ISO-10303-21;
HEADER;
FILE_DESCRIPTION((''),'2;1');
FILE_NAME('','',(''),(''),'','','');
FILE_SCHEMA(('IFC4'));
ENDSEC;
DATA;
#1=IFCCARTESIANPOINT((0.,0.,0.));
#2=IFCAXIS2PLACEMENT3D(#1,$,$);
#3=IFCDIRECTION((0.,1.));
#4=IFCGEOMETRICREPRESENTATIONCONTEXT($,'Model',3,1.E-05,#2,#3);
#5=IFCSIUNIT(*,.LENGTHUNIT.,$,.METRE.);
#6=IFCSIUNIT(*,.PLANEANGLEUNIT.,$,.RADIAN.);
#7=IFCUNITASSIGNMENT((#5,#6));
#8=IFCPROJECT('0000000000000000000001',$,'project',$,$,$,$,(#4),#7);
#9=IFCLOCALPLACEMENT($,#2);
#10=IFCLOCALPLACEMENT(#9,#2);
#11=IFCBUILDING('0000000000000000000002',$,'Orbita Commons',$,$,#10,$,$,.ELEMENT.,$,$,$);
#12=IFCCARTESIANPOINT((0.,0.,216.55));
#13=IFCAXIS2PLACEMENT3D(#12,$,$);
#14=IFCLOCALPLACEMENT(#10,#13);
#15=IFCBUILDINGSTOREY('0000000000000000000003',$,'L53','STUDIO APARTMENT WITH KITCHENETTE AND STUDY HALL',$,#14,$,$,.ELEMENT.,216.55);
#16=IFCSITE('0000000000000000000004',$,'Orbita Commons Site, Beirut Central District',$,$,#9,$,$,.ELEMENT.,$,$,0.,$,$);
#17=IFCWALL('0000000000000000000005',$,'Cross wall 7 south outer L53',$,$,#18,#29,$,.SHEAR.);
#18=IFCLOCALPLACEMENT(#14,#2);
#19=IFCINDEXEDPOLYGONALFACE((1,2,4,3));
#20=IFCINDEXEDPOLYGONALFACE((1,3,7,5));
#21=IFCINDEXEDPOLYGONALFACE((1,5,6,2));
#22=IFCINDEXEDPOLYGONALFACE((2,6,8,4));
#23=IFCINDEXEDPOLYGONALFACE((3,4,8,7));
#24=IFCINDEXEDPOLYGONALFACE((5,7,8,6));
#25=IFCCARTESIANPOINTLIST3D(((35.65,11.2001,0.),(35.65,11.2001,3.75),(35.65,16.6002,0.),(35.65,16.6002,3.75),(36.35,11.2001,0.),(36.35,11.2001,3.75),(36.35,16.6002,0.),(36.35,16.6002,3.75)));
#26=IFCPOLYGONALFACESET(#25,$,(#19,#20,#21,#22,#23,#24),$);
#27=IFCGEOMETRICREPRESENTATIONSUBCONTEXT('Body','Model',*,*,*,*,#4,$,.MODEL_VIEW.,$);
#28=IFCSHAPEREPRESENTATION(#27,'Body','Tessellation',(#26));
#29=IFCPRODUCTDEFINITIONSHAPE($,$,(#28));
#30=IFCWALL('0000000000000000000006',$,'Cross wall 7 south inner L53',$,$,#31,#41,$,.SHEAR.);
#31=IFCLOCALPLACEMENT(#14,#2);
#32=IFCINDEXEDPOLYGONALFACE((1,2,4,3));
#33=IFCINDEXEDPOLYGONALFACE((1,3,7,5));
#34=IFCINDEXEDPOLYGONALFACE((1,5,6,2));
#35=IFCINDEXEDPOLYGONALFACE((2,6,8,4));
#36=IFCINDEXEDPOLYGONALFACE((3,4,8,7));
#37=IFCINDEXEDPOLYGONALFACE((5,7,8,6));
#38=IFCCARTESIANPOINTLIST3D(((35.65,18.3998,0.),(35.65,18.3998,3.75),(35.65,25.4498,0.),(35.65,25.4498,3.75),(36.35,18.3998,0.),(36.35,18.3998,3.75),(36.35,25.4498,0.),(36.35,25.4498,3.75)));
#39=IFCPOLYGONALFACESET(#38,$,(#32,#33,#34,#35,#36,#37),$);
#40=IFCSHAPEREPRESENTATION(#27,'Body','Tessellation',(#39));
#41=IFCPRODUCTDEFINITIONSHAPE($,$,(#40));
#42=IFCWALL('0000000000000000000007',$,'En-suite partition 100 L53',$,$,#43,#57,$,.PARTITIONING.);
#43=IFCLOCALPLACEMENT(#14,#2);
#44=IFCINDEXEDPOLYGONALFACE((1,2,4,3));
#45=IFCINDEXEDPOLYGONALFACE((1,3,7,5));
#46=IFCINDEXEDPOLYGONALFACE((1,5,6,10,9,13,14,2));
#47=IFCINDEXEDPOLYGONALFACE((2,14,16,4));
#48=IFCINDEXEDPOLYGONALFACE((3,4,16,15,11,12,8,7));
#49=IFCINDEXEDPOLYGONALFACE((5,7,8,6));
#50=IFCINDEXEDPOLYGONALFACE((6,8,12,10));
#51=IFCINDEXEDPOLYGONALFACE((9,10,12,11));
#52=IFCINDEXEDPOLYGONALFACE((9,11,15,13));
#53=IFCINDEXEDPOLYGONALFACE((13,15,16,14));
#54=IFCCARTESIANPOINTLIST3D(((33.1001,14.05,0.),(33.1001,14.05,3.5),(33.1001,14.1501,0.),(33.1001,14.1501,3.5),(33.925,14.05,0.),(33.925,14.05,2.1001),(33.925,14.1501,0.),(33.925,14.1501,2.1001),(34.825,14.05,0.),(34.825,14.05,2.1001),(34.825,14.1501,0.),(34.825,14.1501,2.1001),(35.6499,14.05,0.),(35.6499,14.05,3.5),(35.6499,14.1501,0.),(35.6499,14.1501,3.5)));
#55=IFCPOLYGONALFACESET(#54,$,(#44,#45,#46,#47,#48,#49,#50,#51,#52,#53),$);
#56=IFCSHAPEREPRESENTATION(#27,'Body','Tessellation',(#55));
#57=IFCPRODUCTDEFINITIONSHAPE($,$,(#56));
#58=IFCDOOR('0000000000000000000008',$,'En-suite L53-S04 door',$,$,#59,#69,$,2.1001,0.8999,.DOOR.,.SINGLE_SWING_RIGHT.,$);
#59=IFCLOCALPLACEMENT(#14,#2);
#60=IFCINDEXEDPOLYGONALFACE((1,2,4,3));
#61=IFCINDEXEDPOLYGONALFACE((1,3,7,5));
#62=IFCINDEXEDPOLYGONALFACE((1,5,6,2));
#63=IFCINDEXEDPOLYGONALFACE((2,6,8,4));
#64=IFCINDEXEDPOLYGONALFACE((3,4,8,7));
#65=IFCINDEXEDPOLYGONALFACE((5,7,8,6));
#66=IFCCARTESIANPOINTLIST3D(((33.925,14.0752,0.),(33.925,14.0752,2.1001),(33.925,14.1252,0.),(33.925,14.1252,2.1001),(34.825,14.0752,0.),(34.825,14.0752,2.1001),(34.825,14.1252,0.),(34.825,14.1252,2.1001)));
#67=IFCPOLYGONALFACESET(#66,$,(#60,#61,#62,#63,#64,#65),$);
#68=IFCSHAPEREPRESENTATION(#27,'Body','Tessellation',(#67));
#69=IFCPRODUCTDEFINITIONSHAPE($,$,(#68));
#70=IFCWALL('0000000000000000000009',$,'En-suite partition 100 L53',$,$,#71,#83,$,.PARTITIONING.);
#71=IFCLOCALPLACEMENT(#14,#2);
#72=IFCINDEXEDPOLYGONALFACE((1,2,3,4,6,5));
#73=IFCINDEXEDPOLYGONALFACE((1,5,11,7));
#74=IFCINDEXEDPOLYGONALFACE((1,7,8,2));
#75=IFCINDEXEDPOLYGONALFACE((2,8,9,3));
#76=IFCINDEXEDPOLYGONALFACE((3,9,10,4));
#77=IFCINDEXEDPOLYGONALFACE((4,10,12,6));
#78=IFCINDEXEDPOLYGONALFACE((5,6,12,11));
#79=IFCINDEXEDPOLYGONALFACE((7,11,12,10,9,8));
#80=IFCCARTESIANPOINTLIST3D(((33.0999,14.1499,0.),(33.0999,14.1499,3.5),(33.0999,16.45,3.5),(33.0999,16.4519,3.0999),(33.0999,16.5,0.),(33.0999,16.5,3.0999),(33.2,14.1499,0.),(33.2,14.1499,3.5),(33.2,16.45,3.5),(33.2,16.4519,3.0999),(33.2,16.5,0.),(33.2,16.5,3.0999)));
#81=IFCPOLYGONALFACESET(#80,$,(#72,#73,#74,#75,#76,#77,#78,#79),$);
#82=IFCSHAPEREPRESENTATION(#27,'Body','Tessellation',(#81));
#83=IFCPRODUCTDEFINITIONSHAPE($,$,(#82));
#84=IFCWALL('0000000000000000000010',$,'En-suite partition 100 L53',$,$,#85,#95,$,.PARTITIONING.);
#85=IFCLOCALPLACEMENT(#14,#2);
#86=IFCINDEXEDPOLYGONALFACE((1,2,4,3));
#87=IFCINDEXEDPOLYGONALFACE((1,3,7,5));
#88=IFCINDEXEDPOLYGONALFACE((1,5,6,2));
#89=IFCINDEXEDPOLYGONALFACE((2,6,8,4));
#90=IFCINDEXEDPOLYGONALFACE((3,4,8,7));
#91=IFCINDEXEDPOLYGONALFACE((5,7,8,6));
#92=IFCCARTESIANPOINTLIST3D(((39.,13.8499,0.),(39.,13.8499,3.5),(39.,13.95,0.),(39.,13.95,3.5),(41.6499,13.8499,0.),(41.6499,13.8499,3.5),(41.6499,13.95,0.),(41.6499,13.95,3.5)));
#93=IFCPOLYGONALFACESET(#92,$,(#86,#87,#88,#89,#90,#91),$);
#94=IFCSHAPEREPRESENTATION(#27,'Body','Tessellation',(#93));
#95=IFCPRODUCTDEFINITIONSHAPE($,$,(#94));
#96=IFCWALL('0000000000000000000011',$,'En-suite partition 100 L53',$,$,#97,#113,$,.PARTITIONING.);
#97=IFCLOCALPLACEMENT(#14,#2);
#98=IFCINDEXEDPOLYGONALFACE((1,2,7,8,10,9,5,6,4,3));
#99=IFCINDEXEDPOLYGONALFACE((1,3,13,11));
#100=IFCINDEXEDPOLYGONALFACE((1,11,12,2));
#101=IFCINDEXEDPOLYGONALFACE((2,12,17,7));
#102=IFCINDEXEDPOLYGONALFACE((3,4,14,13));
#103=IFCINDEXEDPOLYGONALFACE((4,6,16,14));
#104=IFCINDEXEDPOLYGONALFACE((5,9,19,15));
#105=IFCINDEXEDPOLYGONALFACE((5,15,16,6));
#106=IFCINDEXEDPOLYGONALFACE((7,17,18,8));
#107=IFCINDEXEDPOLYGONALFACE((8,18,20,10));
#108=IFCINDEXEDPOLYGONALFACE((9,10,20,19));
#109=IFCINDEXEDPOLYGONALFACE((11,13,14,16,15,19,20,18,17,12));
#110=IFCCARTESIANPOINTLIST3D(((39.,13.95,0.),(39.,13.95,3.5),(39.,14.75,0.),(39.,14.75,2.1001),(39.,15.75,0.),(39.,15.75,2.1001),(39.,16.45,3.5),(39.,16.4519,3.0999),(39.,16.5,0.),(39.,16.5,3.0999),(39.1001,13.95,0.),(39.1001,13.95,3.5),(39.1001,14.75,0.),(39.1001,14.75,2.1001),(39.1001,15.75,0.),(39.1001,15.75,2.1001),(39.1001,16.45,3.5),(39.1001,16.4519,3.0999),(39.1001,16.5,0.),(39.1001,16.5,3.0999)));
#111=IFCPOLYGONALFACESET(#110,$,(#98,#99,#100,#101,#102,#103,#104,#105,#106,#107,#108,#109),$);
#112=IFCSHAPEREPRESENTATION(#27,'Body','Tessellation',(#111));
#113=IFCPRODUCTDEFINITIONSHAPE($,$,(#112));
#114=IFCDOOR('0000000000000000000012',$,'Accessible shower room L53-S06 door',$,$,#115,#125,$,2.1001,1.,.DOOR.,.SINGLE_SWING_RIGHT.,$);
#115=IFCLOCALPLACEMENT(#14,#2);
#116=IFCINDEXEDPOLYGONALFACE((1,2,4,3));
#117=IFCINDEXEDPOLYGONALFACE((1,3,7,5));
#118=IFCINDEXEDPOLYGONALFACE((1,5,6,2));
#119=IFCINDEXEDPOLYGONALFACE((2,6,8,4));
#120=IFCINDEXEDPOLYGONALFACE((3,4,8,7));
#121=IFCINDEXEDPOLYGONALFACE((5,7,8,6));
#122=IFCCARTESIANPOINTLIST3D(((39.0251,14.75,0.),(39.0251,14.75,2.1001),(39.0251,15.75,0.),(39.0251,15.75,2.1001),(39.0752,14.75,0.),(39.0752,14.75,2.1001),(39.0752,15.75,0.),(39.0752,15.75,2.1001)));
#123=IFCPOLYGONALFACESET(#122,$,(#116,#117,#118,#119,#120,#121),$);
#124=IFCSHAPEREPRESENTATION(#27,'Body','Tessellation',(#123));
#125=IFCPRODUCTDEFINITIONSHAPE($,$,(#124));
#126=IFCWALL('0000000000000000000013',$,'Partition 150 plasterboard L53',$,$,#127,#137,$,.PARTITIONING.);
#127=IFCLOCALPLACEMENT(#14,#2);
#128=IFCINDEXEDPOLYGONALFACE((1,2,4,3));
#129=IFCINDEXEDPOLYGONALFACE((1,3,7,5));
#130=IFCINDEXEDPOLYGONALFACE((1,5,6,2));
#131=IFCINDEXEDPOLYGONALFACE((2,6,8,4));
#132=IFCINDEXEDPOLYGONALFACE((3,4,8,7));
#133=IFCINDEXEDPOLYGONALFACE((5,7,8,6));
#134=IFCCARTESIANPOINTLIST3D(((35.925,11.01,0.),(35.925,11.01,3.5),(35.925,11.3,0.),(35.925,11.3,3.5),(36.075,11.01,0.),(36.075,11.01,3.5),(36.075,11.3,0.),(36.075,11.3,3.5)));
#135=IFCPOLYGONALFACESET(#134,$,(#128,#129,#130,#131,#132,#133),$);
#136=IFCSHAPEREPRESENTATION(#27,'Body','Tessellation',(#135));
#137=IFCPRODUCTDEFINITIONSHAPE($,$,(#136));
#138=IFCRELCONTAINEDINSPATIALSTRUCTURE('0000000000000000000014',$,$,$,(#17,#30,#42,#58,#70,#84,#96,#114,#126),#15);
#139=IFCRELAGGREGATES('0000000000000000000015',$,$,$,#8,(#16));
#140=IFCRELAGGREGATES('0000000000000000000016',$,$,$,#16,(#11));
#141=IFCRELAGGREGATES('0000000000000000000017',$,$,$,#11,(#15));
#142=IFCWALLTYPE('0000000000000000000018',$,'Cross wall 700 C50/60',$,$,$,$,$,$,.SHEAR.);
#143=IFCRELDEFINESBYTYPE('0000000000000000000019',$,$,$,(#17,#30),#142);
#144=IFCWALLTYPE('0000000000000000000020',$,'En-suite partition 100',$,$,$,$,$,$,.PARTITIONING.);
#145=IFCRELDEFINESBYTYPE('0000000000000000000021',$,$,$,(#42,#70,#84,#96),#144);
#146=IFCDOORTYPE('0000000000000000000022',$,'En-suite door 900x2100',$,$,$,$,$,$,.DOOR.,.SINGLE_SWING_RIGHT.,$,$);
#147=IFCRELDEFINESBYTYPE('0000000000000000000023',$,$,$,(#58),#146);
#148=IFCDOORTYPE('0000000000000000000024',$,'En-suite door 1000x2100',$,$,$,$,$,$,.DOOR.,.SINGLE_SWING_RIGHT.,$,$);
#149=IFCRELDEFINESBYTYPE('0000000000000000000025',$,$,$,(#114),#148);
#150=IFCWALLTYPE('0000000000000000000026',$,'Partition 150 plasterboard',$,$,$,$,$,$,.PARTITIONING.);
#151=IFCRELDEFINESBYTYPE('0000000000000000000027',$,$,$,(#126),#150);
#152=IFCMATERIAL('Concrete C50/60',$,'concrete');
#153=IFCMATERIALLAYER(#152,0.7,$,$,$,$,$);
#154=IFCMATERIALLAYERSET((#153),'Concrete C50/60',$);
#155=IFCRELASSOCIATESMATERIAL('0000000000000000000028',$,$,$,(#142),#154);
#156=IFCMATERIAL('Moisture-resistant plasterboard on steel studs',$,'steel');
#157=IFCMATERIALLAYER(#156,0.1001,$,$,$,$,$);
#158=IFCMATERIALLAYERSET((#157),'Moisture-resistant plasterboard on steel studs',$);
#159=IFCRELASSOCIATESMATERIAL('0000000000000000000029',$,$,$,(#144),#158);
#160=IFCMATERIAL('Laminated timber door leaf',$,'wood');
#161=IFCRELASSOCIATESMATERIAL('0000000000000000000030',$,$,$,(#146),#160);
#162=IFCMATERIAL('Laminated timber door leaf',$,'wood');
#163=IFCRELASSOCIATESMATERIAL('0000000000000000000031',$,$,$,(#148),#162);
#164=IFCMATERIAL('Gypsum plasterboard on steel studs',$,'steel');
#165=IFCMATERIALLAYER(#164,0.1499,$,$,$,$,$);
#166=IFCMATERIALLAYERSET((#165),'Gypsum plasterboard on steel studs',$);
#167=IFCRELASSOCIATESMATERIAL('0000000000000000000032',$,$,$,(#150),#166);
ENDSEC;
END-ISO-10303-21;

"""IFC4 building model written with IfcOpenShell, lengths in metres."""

from ifc_helpers import new_model, si_unit, direction, frame, frame_2d, origin, place, context, subcontext, project, spatial, polyline, rectangle, outline, extrude, material, layer, layer_set, type_object, element, fill, save


model = new_model("IFC4")

# Units and contexts
model_context = context("Model", 3, precision=1e-05, world=origin(), true_north=direction((0.0, 1.0)))
body_context = subcontext(model_context, "Body", "Model", "MODEL_VIEW")
ifc_project = project(units=[si_unit("LENGTHUNIT", "METRE"), si_unit("PLANEANGLEUNIT", "RADIAN")], contexts=[model_context])

# Site, building, storey
site_placement = place(None, origin())
site = spatial("IfcSite", under=ifc_project, at=site_placement, Name="Orbita Commons Site, Beirut Central District", CompositionType="ELEMENT", RefElevation=0.0)
building_placement = place(site_placement, origin())
building = spatial("IfcBuilding", under=site, at=building_placement, Name="Orbita Commons", CompositionType="ELEMENT")
storey_placement = place(building_placement, frame((0.0, 0.0, 216.55)))
storey = spatial("IfcBuildingStorey", under=building, at=storey_placement, Name="L53", Description="STUDIO APARTMENT WITH KITCHENETTE AND STUDY HALL", CompositionType="ELEMENT", Elevation=216.55)

# Walls
ifc_material_1 = material(Name="Concrete C50/60", Category="concrete")
ifc_layer_1 = layer(ifc_material_1, 0.7)
ifc_layer_set_1 = layer_set([ifc_layer_1], Name="Concrete C50/60")
wall_type_1 = type_object("IfcWallType", Name="Cross wall 700 C50/60", PredefinedType="SHEAR", material=ifc_layer_set_1)
wall_1_placement = place(storey_placement, frame((36.0, 11.2, 0.0), z_axis=(0.0, 0.0, 1.0), x_axis=(0.0, 1.0, 0.0)))
element("IfcWall", 1, at=wall_1_placement, inside=storey, type_object=wall_type_1, Name="Cross wall 7 south outer L53", PredefinedType="SHEAR", context=body_context, shape_type="SweptSolid", body=[
    extrude(rectangle(XDim=5.4001, YDim=0.7, at=frame_2d((2.7002, 0.0))), origin(), (0.0, 0.0, 1.0), 3.75),
])
wall_2_placement = place(storey_placement, frame((36.0, 18.3999, 0.0), z_axis=(0.0, 0.0, 1.0), x_axis=(0.0, 1.0, 0.0)))
element("IfcWall", 2, at=wall_2_placement, inside=storey, type_object=wall_type_1, Name="Cross wall 7 south inner L53", PredefinedType="SHEAR", context=body_context, shape_type="SweptSolid", body=[
    extrude(rectangle(XDim=7.05, YDim=0.7, at=frame_2d((3.5249, 0.0))), origin(), (0.0, 0.0, 1.0), 3.75),
])

# Wall, opening, door
ifc_material_2 = material(Name="Moisture-resistant plasterboard on steel studs", Category="steel")
ifc_layer_2 = layer(ifc_material_2, 0.1001)
ifc_layer_set_2 = layer_set([ifc_layer_2], Name="Moisture-resistant plasterboard on steel studs")
wall_type_2 = type_object("IfcWallType", Name="En-suite partition 100", PredefinedType="PARTITIONING", material=ifc_layer_set_2)
wall_3_placement = place(storey_placement, frame((35.6499, 14.1001, 0.0), z_axis=(0.0, 0.0, 1.0), x_axis=(-1.0, 0.0, 0.0)))
wall_3 = element("IfcWall", 3, at=wall_3_placement, inside=storey, type_object=wall_type_2, Name="En-suite partition 100 L53", PredefinedType="PARTITIONING", context=body_context, shape_type="SweptSolid", body=[
    extrude(rectangle(XDim=2.5498, YDim=0.1001, at=frame_2d((1.2749, 0.0))), origin(), (0.0, 0.0, 1.0), 3.5),
])
opening_1_placement = place(wall_3_placement, frame((0.825, 0.0, 0.0)))
opening_1 = element("IfcOpeningElement", 4, at=opening_1_placement, cuts=wall_3, PredefinedType="OPENING", context=body_context, shape_type="SweptSolid", body=[
    extrude(rectangle(XDim=0.8999, YDim=2.1001, at=frame_2d((0.45, 1.05))), frame((0.0, 0.0601, 0.0), z_axis=(0.0, -1.0, 0.0), x_axis=(1.0, 0.0, 0.0)), (0.0, 0.0, 1.0), 0.1201),
])
ifc_material_3 = material(Name="Laminated timber door leaf", Category="wood")
door_type_1 = type_object("IfcDoorType", Name="En-suite door 900x2100", OperationType="SINGLE_SWING_RIGHT", PredefinedType="DOOR", material=ifc_material_3)
door_1_placement = place(opening_1_placement, origin())
door_1 = element("IfcDoor", 5, at=door_1_placement, inside=storey, type_object=door_type_1, Name="En-suite L53-S04 door", OperationType="SINGLE_SWING_RIGHT", OverallHeight=2.1001, OverallWidth=0.8999, PredefinedType="DOOR", context=body_context, shape_type="SweptSolid", body=[
    extrude(rectangle(XDim=0.8999, YDim=2.1001, at=frame_2d((0.45, 1.05))), frame((0.0, 0.0249, 0.0), z_axis=(0.0, -1.0, 0.0), x_axis=(1.0, 0.0, 0.0)), (0.0, 0.0, 1.0), 0.05),
])
fill(opening_1, door_1)

# Walls
wall_4_placement = place(storey_placement, frame((33.1499, 14.1499, 0.0), z_axis=(0.0, 0.0, 1.0), x_axis=(0.0, 1.0, 0.0)))
element("IfcWall", 6, at=wall_4_placement, inside=storey, type_object=wall_type_2, Name="En-suite partition 100 L53", PredefinedType="PARTITIONING", context=body_context, shape_type="SweptSolid", body=[
    extrude(outline(polyline([(0.0, 0.0), (2.3501, 0.0), (2.3501, 3.0999), (2.302, 3.0999), (2.3, 3.5), (0.0, 3.5), (0.0, 0.0)])), frame((0.0, 0.05, 0.0), z_axis=(0.0, -1.0, 0.0), x_axis=(1.0, 0.0, 0.0)), (0.0, 0.0, 1.0), 0.1001),
])
wall_5_placement = place(storey_placement, frame((39.0, 13.8999, 0.0), z_axis=(0.0, 0.0, 1.0), x_axis=(1.0, 0.0, 0.0)))
element("IfcWall", 7, at=wall_5_placement, inside=storey, type_object=wall_type_2, Name="En-suite partition 100 L53", PredefinedType="PARTITIONING", context=body_context, shape_type="SweptSolid", body=[
    extrude(rectangle(XDim=2.6499, YDim=0.1001, at=frame_2d((1.325, 0.0))), origin(), (0.0, 0.0, 1.0), 3.5),
])

# Wall, opening, door
wall_6_placement = place(storey_placement, frame((39.05, 13.95, 0.0), z_axis=(0.0, 0.0, 1.0), x_axis=(0.0, 1.0, 0.0)))
wall_6 = element("IfcWall", 8, at=wall_6_placement, inside=storey, type_object=wall_type_2, Name="En-suite partition 100 L53", PredefinedType="PARTITIONING", context=body_context, shape_type="SweptSolid", body=[
    extrude(outline(polyline([(0.0, 0.0), (2.55, 0.0), (2.55, 3.0999), (2.502, 3.0999), (2.5, 3.5), (0.0, 3.5), (0.0, 0.0)])), frame((0.0, 0.05, 0.0), z_axis=(0.0, -1.0, 0.0), x_axis=(1.0, 0.0, 0.0)), (0.0, 0.0, 1.0), 0.1001),
])
opening_2_placement = place(wall_6_placement, frame((0.8, 0.0, 0.0)))
opening_2 = element("IfcOpeningElement", 9, at=opening_2_placement, cuts=wall_6, PredefinedType="OPENING", context=body_context, shape_type="SweptSolid", body=[
    extrude(rectangle(XDim=1.0, YDim=2.1001, at=frame_2d((0.5, 1.05))), frame((0.0, 0.0601, 0.0), z_axis=(0.0, -1.0, 0.0), x_axis=(1.0, 0.0, 0.0)), (0.0, 0.0, 1.0), 0.1201),
])
ifc_material_4 = material(Name="Laminated timber door leaf", Category="wood")
door_type_2 = type_object("IfcDoorType", Name="En-suite door 1000x2100", OperationType="SINGLE_SWING_RIGHT", PredefinedType="DOOR", material=ifc_material_4)
door_2_placement = place(opening_2_placement, origin())
door_2 = element("IfcDoor", 10, at=door_2_placement, inside=storey, type_object=door_type_2, Name="Accessible shower room L53-S06 door", OperationType="SINGLE_SWING_RIGHT", OverallHeight=2.1001, OverallWidth=1.0, PredefinedType="DOOR", context=body_context, shape_type="SweptSolid", body=[
    extrude(rectangle(XDim=1.0, YDim=2.1001, at=frame_2d((0.5, 1.05))), frame((0.0, 0.0249, 0.0), z_axis=(0.0, -1.0, 0.0), x_axis=(1.0, 0.0, 0.0)), (0.0, 0.0, 1.0), 0.05),
])
fill(opening_2, door_2)

# Wall
ifc_material_5 = material(Name="Gypsum plasterboard on steel studs", Category="steel")
ifc_layer_3 = layer(ifc_material_5, 0.1499)
ifc_layer_set_3 = layer_set([ifc_layer_3], Name="Gypsum plasterboard on steel studs")
wall_type_3 = type_object("IfcWallType", Name="Partition 150 plasterboard", PredefinedType="PARTITIONING", material=ifc_layer_set_3)
wall_7_placement = place(storey_placement, frame((36.0, 11.3, 0.0), z_axis=(0.0, 0.0, 1.0), x_axis=(0.0, -1.0, 0.0)))
element("IfcWall", 11, at=wall_7_placement, inside=storey, type_object=wall_type_3, Name="Partition 150 plasterboard L53", PredefinedType="PARTITIONING", context=body_context, shape_type="SweptSolid", body=[
    extrude(rectangle(XDim=0.29, YDim=0.1499, at=frame_2d((0.145, 0.0))), origin(), (0.0, 0.0, 1.0), 3.5),
])

save(model, "model.ifc")
